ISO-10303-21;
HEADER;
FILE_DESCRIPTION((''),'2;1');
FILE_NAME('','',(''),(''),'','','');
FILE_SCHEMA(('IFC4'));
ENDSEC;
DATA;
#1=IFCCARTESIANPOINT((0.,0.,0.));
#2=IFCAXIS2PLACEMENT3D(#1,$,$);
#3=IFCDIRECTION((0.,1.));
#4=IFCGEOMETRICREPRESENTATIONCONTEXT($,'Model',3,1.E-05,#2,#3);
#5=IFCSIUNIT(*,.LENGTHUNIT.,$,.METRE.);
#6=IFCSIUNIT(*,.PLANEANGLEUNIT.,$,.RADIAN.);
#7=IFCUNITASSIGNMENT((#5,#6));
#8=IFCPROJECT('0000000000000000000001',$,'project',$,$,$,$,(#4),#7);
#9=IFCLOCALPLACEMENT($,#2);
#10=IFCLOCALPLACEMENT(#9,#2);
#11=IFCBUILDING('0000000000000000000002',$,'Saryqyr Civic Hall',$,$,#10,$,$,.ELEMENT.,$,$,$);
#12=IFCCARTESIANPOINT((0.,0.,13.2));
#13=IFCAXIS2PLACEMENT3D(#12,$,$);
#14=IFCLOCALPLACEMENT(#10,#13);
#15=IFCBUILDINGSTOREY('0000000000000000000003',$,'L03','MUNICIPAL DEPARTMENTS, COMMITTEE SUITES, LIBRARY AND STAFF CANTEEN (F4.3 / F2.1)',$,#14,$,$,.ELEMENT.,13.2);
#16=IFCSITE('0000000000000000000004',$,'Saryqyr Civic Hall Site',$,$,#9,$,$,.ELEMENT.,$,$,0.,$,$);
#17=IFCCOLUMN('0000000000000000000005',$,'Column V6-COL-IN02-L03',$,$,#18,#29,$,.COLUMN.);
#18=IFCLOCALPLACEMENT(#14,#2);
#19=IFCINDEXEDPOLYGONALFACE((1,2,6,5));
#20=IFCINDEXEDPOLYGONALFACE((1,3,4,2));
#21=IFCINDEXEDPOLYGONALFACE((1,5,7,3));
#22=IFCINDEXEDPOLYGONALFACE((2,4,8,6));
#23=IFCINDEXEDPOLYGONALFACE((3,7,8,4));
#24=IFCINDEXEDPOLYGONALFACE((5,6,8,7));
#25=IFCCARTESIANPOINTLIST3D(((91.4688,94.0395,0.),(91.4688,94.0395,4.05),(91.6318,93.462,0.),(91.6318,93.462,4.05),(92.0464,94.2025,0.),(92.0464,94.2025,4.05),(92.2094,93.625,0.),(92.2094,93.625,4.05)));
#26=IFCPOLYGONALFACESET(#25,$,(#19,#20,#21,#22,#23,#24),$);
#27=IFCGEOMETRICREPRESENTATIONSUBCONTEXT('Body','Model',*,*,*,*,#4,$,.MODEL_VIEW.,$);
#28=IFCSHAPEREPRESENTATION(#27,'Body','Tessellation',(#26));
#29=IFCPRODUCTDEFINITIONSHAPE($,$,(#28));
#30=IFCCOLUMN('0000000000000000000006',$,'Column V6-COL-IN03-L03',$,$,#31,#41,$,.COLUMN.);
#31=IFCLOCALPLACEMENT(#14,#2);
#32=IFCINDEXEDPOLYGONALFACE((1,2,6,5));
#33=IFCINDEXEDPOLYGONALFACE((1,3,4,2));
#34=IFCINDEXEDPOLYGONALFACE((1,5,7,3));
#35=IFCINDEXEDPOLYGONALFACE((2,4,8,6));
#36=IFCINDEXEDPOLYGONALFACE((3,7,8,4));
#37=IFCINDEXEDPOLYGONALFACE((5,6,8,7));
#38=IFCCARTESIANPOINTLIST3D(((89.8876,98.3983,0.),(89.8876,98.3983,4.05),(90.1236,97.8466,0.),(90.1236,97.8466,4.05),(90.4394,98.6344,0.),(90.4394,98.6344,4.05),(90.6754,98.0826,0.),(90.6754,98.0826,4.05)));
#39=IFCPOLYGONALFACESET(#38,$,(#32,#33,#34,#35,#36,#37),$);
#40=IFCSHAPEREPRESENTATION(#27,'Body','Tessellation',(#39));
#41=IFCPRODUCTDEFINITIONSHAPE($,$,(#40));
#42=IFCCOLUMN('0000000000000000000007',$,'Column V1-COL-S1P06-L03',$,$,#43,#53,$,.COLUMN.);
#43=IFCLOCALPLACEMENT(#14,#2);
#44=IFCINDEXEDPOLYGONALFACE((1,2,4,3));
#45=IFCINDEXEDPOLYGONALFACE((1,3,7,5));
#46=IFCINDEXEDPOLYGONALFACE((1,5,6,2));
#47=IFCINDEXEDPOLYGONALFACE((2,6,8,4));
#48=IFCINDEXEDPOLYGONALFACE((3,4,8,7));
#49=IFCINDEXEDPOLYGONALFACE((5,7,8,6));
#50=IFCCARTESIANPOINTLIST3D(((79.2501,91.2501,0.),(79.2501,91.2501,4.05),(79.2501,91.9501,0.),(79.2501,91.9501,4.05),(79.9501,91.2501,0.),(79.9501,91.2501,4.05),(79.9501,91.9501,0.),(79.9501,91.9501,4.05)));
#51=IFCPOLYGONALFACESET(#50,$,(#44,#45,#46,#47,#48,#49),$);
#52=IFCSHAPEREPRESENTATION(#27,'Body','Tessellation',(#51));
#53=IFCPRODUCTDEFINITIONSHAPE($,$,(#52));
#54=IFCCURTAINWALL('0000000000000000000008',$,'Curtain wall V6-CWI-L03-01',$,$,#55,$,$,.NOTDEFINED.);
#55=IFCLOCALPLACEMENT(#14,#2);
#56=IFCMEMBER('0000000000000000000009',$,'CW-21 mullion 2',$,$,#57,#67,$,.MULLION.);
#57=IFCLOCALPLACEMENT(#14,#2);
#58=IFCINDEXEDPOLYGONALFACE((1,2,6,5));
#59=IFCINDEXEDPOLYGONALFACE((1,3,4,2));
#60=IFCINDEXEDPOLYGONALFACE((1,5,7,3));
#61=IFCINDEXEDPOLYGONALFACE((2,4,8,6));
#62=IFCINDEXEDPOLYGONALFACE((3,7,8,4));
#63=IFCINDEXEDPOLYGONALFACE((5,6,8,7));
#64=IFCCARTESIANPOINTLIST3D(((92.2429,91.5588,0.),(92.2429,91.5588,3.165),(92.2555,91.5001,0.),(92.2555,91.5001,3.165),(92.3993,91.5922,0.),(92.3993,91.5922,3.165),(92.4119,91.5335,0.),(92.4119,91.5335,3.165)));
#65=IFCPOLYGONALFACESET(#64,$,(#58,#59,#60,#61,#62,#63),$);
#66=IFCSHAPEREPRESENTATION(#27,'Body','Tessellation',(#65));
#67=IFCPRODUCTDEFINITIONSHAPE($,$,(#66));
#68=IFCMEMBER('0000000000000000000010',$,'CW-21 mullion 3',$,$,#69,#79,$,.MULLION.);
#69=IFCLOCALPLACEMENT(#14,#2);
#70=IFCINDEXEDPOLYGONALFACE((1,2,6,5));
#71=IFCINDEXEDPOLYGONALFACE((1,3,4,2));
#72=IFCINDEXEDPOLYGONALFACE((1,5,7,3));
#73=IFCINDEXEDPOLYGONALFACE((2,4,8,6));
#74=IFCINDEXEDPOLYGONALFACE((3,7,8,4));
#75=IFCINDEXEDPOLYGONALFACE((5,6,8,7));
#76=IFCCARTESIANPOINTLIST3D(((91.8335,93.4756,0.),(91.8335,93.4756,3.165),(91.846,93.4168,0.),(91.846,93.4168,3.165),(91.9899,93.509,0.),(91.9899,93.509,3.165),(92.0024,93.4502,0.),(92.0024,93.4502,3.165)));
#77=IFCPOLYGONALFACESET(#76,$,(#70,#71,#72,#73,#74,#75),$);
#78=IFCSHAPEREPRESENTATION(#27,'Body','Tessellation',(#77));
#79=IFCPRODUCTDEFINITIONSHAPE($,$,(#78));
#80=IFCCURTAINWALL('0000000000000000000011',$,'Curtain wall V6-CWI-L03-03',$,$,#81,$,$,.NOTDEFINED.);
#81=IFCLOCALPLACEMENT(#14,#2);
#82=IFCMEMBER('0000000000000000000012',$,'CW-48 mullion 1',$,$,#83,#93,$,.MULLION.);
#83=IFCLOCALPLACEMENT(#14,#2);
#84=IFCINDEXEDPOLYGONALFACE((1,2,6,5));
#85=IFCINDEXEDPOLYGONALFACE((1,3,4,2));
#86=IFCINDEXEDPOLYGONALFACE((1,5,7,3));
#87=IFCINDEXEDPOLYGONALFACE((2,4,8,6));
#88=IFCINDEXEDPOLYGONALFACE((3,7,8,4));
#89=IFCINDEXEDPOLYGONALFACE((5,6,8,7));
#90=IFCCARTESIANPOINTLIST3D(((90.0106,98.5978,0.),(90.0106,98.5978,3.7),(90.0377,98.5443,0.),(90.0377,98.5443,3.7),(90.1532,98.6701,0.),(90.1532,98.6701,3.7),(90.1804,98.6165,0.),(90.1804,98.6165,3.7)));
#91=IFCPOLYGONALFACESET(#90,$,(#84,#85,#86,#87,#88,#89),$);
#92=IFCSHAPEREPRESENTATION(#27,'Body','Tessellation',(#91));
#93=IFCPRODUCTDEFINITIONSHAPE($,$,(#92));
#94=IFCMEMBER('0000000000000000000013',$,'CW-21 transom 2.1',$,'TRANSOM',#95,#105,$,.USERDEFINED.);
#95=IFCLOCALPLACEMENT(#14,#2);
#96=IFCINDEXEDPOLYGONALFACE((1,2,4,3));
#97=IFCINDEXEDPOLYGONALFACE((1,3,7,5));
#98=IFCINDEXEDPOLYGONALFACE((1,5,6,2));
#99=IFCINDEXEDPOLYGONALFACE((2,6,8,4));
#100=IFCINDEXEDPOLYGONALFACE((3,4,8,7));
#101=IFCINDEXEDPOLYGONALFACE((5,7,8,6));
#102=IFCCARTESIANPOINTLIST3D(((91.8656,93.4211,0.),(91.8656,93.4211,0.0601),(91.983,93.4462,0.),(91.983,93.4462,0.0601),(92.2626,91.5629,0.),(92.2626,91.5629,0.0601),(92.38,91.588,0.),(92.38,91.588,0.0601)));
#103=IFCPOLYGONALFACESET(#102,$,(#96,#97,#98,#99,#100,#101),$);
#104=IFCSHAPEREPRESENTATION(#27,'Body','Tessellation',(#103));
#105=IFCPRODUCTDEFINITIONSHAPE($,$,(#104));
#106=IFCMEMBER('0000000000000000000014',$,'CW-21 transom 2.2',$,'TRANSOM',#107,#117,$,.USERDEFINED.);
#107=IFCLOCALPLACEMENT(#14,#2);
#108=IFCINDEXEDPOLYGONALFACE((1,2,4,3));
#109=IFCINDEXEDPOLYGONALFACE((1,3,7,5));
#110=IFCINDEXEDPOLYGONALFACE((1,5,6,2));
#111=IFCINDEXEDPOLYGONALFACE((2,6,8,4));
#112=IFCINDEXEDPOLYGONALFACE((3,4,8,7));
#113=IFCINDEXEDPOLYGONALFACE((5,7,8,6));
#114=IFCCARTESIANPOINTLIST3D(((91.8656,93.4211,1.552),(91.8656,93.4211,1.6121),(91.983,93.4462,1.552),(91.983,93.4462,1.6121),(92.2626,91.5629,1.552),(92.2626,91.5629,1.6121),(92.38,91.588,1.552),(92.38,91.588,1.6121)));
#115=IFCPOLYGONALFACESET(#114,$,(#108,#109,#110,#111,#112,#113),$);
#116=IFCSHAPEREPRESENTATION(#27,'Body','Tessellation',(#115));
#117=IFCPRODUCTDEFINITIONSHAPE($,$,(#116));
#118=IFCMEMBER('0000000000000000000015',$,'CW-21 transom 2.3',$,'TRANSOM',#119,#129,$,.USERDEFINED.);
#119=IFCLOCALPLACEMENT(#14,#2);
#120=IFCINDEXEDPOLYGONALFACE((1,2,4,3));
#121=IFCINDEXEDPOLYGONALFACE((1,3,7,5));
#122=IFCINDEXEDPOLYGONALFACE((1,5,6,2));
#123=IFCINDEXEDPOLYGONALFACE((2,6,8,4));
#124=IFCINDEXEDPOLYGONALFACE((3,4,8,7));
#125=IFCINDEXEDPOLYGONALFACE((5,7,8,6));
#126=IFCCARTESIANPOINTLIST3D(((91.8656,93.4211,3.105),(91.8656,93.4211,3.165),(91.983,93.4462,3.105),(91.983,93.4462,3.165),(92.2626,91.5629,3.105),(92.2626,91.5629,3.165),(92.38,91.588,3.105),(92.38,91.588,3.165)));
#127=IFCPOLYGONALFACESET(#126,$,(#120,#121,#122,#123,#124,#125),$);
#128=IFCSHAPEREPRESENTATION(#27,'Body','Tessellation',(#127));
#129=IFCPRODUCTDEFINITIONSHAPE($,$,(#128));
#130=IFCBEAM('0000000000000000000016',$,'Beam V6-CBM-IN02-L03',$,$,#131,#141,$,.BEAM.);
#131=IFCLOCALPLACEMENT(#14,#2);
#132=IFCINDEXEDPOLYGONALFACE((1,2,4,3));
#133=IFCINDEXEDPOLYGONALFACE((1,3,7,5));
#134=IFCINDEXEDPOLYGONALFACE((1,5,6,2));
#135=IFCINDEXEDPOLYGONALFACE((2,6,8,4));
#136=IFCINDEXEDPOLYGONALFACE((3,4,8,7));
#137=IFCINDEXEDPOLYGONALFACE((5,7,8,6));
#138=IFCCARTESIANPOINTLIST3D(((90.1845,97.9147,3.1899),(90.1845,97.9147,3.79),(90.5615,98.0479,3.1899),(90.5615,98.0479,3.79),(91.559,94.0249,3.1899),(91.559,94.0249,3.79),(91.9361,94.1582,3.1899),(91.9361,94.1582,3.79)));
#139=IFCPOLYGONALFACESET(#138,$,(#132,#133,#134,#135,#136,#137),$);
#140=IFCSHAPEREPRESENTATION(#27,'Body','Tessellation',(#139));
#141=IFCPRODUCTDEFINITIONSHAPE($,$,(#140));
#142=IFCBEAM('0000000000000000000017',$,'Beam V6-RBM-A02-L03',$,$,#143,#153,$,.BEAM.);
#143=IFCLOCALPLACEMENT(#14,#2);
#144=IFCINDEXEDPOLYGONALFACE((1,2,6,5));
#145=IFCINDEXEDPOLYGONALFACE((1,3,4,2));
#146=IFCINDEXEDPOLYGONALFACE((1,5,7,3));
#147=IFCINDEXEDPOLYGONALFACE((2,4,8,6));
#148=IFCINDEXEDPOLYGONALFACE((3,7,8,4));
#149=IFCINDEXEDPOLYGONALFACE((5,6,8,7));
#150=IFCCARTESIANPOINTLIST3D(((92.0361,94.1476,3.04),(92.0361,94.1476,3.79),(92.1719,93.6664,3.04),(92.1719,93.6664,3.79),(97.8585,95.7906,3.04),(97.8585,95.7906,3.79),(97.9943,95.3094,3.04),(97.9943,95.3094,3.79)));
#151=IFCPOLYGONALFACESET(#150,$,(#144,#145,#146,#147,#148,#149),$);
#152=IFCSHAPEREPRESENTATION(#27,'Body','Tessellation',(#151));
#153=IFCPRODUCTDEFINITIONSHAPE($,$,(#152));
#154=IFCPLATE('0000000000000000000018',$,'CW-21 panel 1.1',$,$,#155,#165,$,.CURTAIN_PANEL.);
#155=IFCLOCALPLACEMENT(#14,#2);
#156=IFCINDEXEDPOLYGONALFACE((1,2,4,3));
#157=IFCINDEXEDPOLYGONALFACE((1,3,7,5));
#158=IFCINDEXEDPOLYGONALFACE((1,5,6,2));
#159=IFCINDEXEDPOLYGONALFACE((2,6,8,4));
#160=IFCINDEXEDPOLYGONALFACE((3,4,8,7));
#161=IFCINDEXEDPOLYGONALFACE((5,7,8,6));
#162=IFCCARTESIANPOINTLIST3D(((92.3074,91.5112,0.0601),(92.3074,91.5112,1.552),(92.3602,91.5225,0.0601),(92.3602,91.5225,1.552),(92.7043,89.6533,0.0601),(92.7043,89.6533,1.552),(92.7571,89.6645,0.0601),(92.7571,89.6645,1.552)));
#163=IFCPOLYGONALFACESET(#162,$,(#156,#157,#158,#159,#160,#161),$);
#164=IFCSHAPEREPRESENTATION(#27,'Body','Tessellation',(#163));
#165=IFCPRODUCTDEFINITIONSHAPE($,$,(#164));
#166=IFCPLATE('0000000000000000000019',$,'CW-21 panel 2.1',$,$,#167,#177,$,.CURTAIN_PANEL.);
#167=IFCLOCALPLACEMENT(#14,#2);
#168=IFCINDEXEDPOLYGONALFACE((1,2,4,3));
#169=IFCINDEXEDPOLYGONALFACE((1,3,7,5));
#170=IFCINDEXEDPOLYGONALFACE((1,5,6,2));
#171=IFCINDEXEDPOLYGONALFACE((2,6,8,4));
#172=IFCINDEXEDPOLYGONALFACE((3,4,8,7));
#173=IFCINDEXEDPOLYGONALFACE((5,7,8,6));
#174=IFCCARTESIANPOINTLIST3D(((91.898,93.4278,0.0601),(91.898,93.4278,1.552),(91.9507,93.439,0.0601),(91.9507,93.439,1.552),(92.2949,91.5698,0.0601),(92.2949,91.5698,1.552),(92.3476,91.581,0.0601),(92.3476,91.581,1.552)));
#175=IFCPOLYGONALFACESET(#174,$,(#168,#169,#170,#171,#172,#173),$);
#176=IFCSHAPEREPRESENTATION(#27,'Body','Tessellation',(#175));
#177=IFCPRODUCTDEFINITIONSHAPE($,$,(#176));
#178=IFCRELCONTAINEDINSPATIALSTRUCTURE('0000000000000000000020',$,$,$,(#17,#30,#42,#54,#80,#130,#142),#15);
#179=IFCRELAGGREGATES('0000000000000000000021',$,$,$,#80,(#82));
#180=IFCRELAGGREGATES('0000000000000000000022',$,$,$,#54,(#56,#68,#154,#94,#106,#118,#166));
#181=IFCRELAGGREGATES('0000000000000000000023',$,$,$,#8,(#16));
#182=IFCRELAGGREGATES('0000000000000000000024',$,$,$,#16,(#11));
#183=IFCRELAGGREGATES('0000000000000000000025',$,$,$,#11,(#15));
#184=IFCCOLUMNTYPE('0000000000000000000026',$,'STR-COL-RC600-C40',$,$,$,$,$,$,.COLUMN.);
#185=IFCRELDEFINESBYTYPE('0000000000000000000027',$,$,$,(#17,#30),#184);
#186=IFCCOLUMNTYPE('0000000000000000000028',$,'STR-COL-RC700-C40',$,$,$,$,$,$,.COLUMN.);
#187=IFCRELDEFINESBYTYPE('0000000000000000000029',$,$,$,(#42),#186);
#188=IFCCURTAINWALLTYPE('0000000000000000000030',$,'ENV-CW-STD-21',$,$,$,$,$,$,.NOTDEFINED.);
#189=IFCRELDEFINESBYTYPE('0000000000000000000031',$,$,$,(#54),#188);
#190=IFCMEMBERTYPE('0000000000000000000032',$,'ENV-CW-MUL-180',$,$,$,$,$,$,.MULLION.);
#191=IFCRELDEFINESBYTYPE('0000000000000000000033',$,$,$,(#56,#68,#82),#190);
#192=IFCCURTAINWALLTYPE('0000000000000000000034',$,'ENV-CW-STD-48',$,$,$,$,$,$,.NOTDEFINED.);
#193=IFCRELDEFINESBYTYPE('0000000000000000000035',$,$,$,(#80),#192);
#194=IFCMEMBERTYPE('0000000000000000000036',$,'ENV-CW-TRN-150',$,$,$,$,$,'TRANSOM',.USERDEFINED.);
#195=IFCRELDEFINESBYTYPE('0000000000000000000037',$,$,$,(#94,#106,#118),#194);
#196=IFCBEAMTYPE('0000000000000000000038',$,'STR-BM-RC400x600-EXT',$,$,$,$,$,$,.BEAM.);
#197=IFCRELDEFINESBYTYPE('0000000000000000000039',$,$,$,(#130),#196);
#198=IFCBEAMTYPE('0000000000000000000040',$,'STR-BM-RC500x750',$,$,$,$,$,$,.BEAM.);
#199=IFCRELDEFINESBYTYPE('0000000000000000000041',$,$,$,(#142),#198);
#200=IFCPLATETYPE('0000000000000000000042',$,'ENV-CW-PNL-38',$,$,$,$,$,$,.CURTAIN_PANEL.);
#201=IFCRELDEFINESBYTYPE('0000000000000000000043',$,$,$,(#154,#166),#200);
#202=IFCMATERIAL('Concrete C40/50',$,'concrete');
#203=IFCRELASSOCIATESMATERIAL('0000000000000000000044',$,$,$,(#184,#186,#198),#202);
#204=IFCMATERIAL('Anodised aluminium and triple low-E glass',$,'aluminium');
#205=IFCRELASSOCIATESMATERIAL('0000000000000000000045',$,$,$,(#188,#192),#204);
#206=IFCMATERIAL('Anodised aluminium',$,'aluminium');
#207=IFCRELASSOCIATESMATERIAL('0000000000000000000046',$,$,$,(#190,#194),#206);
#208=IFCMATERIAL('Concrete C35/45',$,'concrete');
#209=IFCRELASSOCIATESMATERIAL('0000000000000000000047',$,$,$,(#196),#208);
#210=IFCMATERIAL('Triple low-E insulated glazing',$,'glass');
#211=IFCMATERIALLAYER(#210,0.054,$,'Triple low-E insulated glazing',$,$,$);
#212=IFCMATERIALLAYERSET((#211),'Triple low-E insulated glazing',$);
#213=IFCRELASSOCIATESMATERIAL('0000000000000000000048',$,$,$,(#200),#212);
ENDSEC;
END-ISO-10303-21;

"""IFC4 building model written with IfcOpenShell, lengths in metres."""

from ifc_helpers import new_model, si_unit, direction, frame, origin, origin_2d, place, context, subcontext, project, spatial, rectangle, extrude, material, layer, layer_set, material_profile, profile_set, type_object, element, aggregate, save


model = new_model("IFC4")

# Units and contexts
model_context = context("Model", 3, precision=1e-05, world=origin(), true_north=direction((0.0, 1.0)))
body_context = subcontext(model_context, "Body", "Model", "MODEL_VIEW")
ifc_project = project(units=[si_unit("LENGTHUNIT", "METRE"), si_unit("PLANEANGLEUNIT", "RADIAN")], contexts=[model_context])

# Site, building, storey
site_placement = place(None, origin())
site = spatial("IfcSite", under=ifc_project, at=site_placement, Name="Saryqyr Civic Hall Site", CompositionType="ELEMENT", RefElevation=0.0)
building_placement = place(site_placement, origin())
building = spatial("IfcBuilding", under=site, at=building_placement, Name="Saryqyr Civic Hall", CompositionType="ELEMENT")
storey_placement = place(building_placement, frame((0.0, 0.0, 13.2)))
storey = spatial("IfcBuildingStorey", under=building, at=storey_placement, Name="L03", Description="MUNICIPAL DEPARTMENTS, COMMITTEE SUITES, LIBRARY AND STAFF CANTEEN (F4.3 / F2.1)", CompositionType="ELEMENT", Elevation=13.2)

# Columns
ifc_material_1 = material(Name="Concrete C40/50", Category="concrete")
ifc_material_profile_1 = material_profile(ifc_material_1, rectangle(XDim=0.6001, YDim=0.6001, at=origin_2d()), Name="RC 600x600")
ifc_profile_set_1 = profile_set([ifc_material_profile_1], Name="Concrete C40/50")
column_type_1 = type_object("IfcColumnType", Name="STR-COL-RC600-C40", PredefinedType="COLUMN", material=ifc_profile_set_1)
for number, where, z_axis, x_axis, name in (
    (1, (91.8391, 93.8323, 0.0), (0.0, 0.0, 1.0), (0.962408, 0.271608, 0.0), "Column V6-COL-IN02-L03"),
    (2, (90.2815, 98.2405, 0.0), (0.0, 0.0, 1.0), (0.91941, 0.3933, 0.0), "Column V6-COL-IN03-L03"),
):
    element("IfcColumn", number, at=place(storey_placement, frame(where, z_axis=z_axis, x_axis=x_axis)), inside=storey, type_object=column_type_1, Name=name, PredefinedType="COLUMN", context=body_context, shape_type="SweptSolid", body=[
        extrude(rectangle(XDim=0.6001, YDim=0.6001, at=origin_2d()), origin(), (0.0, 0.0, 1.0), 4.05),
    ])
ifc_material_profile_2 = material_profile(ifc_material_1, rectangle(XDim=0.7, YDim=0.7, at=origin_2d()), Name="RC 700x700")
ifc_profile_set_2 = profile_set([ifc_material_profile_2], Name="Concrete C40/50")
column_type_2 = type_object("IfcColumnType", Name="STR-COL-RC700-C40", PredefinedType="COLUMN", material=ifc_profile_set_2)
column_placement = place(storey_placement, frame((79.6001, 91.6001, 0.0), z_axis=(0.0, 0.0, 1.0), x_axis=(1.0, 0.0, 0.0)))
element("IfcColumn", 3, at=column_placement, inside=storey, type_object=column_type_2, Name="Column V1-COL-S1P06-L03", PredefinedType="COLUMN", context=body_context, shape_type="SweptSolid", body=[
    extrude(rectangle(XDim=0.7, YDim=0.7, at=origin_2d()), origin(), (0.0, 0.0, 1.0), 4.05),
])

# Curtain wall, members
ifc_material_2 = material(Name="Anodised aluminium and triple low-E glass", Category="aluminium")
curtain_wall_type_1 = type_object("IfcCurtainWallType", Name="ENV-CW-STD-21", PredefinedType="NOTDEFINED", material=ifc_material_2)
curtain_wall_1_placement = place(storey_placement, origin())
curtain_wall_1 = element("IfcCurtainWall", 4, at=curtain_wall_1_placement, inside=storey, type_object=curtain_wall_type_1, Name="Curtain wall V6-CWI-L03-01", PredefinedType="NOTDEFINED")
ifc_material_3 = material(Name="Anodised aluminium", Category="aluminium")
ifc_material_profile_3 = material_profile(ifc_material_3, rectangle(XDim=0.0601, YDim=0.1599, at=origin_2d()), Name="ALU MULLION 60x160")
ifc_profile_set_3 = profile_set([ifc_material_profile_3], Name="Anodised aluminium")
member_type_1 = type_object("IfcMemberType", Name="ENV-CW-MUL-180", PredefinedType="MULLION", material=ifc_profile_set_3)
member_1_placement = place(storey_placement, frame((92.3274, 91.5461, 0.0), z_axis=(0.0, 0.0, 1.0), x_axis=(-0.208899, 0.977937, 0.0)))
member_1 = element("IfcMember", 5, at=member_1_placement, type_object=member_type_1, Name="CW-21 mullion 2", PredefinedType="MULLION", context=body_context, shape_type="SweptSolid", body=[
    extrude(rectangle(XDim=0.0601, YDim=0.1599, at=origin_2d()), origin(), (0.0, 0.0, 1.0), 3.165),
])
member_2_placement = place(storey_placement, frame((91.918, 93.4629, 0.0), z_axis=(0.0, 0.0, 1.0), x_axis=(-0.208899, 0.977937, 0.0)))
member_2 = element("IfcMember", 6, at=member_2_placement, type_object=member_type_1, Name="CW-21 mullion 3", PredefinedType="MULLION", context=body_context, shape_type="SweptSolid", body=[
    extrude(rectangle(XDim=0.0601, YDim=0.1599, at=origin_2d()), origin(), (0.0, 0.0, 1.0), 3.165),
])

# Curtain wall, member
curtain_wall_type_2 = type_object("IfcCurtainWallType", Name="ENV-CW-STD-48", PredefinedType="NOTDEFINED", material=ifc_material_2)
curtain_wall_2_placement = place(storey_placement, origin())
curtain_wall_2 = element("IfcCurtainWall", 7, at=curtain_wall_2_placement, inside=storey, type_object=curtain_wall_type_2, Name="Curtain wall V6-CWI-L03-03", PredefinedType="NOTDEFINED")
member_3_placement = place(storey_placement, frame((90.0955, 98.6072, 0.0), z_axis=(0.0, 0.0, 1.0), x_axis=(-0.45191, 0.892064, 0.0)))
member_3 = element("IfcMember", 8, at=member_3_placement, type_object=member_type_1, Name="CW-48 mullion 1", PredefinedType="MULLION", context=body_context, shape_type="SweptSolid", body=[
    extrude(rectangle(XDim=0.0601, YDim=0.1599, at=origin_2d()), origin(), (0.0, 0.0, 1.0), 3.7),
])
aggregate(curtain_wall_2, [member_3])

# Members
ifc_material_profile_4 = material_profile(ifc_material_3, rectangle(XDim=0.1201, YDim=0.0601, at=origin_2d()), Name="ALU TRANSOM 120x60")
ifc_profile_set_4 = profile_set([ifc_material_profile_4], Name="Anodised aluminium")
member_type_2 = type_object("IfcMemberType", Name="ENV-CW-TRN-150", ElementType="TRANSOM", PredefinedType="USERDEFINED", material=ifc_profile_set_4)
member_4_placement = place(storey_placement, frame((92.3213, 91.5754, 0.03), z_axis=(-0.208924, 0.977932, 0.0), x_axis=(-0.977932, -0.208924, 0.0)))
member_4 = element("IfcMember", 9, at=member_4_placement, type_object=member_type_2, Name="CW-21 transom 2.1", ObjectType="TRANSOM", PredefinedType="USERDEFINED", context=body_context, shape_type="SweptSolid", body=[
    extrude(rectangle(XDim=0.1201, YDim=0.0601, at=origin_2d()), origin(), (0.0, 0.0, 1.0), 1.9001),
])
member_5_placement = place(storey_placement, frame((92.3213, 91.5754, 1.582), z_axis=(-0.208924, 0.977932, 0.0), x_axis=(-0.977932, -0.208924, 0.0)))
member_5 = element("IfcMember", 10, at=member_5_placement, type_object=member_type_2, Name="CW-21 transom 2.2", ObjectType="TRANSOM", PredefinedType="USERDEFINED", context=body_context, shape_type="SweptSolid", body=[
    extrude(rectangle(XDim=0.1201, YDim=0.0601, at=origin_2d()), origin(), (0.0, 0.0, 1.0), 1.9001),
])
member_6_placement = place(storey_placement, frame((92.3213, 91.5754, 3.135), z_axis=(-0.208924, 0.977932, 0.0), x_axis=(-0.977932, -0.208924, 0.0)))
member_6 = element("IfcMember", 11, at=member_6_placement, type_object=member_type_2, Name="CW-21 transom 2.3", ObjectType="TRANSOM", PredefinedType="USERDEFINED", context=body_context, shape_type="SweptSolid", body=[
    extrude(rectangle(XDim=0.1201, YDim=0.0601, at=origin_2d()), origin(), (0.0, 0.0, 1.0), 1.9001),
])

# Beams
ifc_material_4 = material(Name="Concrete C35/45", Category="concrete")
ifc_material_profile_5 = material_profile(ifc_material_4, rectangle(XDim=0.3999, YDim=0.6001, at=origin_2d()), Name="RC 400x600")
ifc_profile_set_5 = profile_set([ifc_material_profile_5], Name="Concrete C35/45")
beam_type_1 = type_object("IfcBeamType", Name="STR-BM-RC400x600-EXT", PredefinedType="BEAM", material=ifc_profile_set_5)
beam_1_placement = place(storey_placement, frame((91.7476, 94.0916, 3.49), z_axis=(-0.333185, 0.942861, 0.0), x_axis=(-0.942861, -0.333185, 0.0)))
element("IfcBeam", 12, at=beam_1_placement, inside=storey, type_object=beam_type_1, Name="Beam V6-CBM-IN02-L03", PredefinedType="BEAM", context=body_context, shape_type="SweptSolid", body=[
    extrude(rectangle(XDim=0.3999, YDim=0.6001, at=origin_2d()), origin(), (0.0, 0.0, 1.0), 4.1255),
])
ifc_material_profile_6 = material_profile(ifc_material_1, rectangle(XDim=0.5, YDim=0.75, at=origin_2d()), Name="RC 500x750")
ifc_profile_set_6 = profile_set([ifc_material_profile_6], Name="Concrete C40/50")
beam_type_2 = type_object("IfcBeamType", Name="STR-BM-RC500x750", PredefinedType="BEAM", material=ifc_profile_set_6)
beam_2_placement = place(storey_placement, frame((92.104, 93.907, 3.415), z_axis=(0.962414, 0.271586, 0.0), x_axis=(-0.271586, 0.962414, 0.0)))
element("IfcBeam", 13, at=beam_2_placement, inside=storey, type_object=beam_type_2, Name="Beam V6-RBM-A02-L03", PredefinedType="BEAM", context=body_context, shape_type="SweptSolid", body=[
    extrude(rectangle(XDim=0.5, YDim=0.75, at=origin_2d()), origin(), (0.0, 0.0, 1.0), 6.0498),
])

# Plates
ifc_material_5 = material(Name="Triple low-E insulated glazing", Category="glass")
ifc_layer_1 = layer(ifc_material_5, 0.054, Name="Triple low-E insulated glazing")
ifc_layer_set_1 = layer_set([ifc_layer_1], Name="Triple low-E insulated glazing")
plate_type_1 = type_object("IfcPlateType", Name="ENV-CW-PNL-38", PredefinedType="CURTAIN_PANEL", material=ifc_layer_set_1)
plate_1_placement = place(storey_placement, frame((92.5322, 90.5879, 0.0601), z_axis=(0.0, 0.0, 1.0), x_axis=(-0.208899, 0.977937, 0.0)))
plate_1 = element("IfcPlate", 14, at=plate_1_placement, type_object=plate_type_1, Name="CW-21 panel 1.1", PredefinedType="CURTAIN_PANEL", context=body_context, shape_type="SweptSolid", body=[
    extrude(rectangle(XDim=1.8999, YDim=0.054, at=origin_2d()), origin(), (0.0, 0.0, 1.0), 1.4919),
])
plate_2_placement = place(storey_placement, frame((92.1228, 92.5044, 0.0601), z_axis=(0.0, 0.0, 1.0), x_axis=(-0.208899, 0.977937, 0.0)))
plate_2 = element("IfcPlate", 15, at=plate_2_placement, type_object=plate_type_1, Name="CW-21 panel 2.1", PredefinedType="CURTAIN_PANEL", context=body_context, shape_type="SweptSolid", body=[
    extrude(rectangle(XDim=1.8999, YDim=0.054, at=origin_2d()), origin(), (0.0, 0.0, 1.0), 1.4919),
])
aggregate(curtain_wall_1, [member_1, member_2, plate_1, member_4, member_5, member_6, plate_2])

save(model, "model.ifc")
